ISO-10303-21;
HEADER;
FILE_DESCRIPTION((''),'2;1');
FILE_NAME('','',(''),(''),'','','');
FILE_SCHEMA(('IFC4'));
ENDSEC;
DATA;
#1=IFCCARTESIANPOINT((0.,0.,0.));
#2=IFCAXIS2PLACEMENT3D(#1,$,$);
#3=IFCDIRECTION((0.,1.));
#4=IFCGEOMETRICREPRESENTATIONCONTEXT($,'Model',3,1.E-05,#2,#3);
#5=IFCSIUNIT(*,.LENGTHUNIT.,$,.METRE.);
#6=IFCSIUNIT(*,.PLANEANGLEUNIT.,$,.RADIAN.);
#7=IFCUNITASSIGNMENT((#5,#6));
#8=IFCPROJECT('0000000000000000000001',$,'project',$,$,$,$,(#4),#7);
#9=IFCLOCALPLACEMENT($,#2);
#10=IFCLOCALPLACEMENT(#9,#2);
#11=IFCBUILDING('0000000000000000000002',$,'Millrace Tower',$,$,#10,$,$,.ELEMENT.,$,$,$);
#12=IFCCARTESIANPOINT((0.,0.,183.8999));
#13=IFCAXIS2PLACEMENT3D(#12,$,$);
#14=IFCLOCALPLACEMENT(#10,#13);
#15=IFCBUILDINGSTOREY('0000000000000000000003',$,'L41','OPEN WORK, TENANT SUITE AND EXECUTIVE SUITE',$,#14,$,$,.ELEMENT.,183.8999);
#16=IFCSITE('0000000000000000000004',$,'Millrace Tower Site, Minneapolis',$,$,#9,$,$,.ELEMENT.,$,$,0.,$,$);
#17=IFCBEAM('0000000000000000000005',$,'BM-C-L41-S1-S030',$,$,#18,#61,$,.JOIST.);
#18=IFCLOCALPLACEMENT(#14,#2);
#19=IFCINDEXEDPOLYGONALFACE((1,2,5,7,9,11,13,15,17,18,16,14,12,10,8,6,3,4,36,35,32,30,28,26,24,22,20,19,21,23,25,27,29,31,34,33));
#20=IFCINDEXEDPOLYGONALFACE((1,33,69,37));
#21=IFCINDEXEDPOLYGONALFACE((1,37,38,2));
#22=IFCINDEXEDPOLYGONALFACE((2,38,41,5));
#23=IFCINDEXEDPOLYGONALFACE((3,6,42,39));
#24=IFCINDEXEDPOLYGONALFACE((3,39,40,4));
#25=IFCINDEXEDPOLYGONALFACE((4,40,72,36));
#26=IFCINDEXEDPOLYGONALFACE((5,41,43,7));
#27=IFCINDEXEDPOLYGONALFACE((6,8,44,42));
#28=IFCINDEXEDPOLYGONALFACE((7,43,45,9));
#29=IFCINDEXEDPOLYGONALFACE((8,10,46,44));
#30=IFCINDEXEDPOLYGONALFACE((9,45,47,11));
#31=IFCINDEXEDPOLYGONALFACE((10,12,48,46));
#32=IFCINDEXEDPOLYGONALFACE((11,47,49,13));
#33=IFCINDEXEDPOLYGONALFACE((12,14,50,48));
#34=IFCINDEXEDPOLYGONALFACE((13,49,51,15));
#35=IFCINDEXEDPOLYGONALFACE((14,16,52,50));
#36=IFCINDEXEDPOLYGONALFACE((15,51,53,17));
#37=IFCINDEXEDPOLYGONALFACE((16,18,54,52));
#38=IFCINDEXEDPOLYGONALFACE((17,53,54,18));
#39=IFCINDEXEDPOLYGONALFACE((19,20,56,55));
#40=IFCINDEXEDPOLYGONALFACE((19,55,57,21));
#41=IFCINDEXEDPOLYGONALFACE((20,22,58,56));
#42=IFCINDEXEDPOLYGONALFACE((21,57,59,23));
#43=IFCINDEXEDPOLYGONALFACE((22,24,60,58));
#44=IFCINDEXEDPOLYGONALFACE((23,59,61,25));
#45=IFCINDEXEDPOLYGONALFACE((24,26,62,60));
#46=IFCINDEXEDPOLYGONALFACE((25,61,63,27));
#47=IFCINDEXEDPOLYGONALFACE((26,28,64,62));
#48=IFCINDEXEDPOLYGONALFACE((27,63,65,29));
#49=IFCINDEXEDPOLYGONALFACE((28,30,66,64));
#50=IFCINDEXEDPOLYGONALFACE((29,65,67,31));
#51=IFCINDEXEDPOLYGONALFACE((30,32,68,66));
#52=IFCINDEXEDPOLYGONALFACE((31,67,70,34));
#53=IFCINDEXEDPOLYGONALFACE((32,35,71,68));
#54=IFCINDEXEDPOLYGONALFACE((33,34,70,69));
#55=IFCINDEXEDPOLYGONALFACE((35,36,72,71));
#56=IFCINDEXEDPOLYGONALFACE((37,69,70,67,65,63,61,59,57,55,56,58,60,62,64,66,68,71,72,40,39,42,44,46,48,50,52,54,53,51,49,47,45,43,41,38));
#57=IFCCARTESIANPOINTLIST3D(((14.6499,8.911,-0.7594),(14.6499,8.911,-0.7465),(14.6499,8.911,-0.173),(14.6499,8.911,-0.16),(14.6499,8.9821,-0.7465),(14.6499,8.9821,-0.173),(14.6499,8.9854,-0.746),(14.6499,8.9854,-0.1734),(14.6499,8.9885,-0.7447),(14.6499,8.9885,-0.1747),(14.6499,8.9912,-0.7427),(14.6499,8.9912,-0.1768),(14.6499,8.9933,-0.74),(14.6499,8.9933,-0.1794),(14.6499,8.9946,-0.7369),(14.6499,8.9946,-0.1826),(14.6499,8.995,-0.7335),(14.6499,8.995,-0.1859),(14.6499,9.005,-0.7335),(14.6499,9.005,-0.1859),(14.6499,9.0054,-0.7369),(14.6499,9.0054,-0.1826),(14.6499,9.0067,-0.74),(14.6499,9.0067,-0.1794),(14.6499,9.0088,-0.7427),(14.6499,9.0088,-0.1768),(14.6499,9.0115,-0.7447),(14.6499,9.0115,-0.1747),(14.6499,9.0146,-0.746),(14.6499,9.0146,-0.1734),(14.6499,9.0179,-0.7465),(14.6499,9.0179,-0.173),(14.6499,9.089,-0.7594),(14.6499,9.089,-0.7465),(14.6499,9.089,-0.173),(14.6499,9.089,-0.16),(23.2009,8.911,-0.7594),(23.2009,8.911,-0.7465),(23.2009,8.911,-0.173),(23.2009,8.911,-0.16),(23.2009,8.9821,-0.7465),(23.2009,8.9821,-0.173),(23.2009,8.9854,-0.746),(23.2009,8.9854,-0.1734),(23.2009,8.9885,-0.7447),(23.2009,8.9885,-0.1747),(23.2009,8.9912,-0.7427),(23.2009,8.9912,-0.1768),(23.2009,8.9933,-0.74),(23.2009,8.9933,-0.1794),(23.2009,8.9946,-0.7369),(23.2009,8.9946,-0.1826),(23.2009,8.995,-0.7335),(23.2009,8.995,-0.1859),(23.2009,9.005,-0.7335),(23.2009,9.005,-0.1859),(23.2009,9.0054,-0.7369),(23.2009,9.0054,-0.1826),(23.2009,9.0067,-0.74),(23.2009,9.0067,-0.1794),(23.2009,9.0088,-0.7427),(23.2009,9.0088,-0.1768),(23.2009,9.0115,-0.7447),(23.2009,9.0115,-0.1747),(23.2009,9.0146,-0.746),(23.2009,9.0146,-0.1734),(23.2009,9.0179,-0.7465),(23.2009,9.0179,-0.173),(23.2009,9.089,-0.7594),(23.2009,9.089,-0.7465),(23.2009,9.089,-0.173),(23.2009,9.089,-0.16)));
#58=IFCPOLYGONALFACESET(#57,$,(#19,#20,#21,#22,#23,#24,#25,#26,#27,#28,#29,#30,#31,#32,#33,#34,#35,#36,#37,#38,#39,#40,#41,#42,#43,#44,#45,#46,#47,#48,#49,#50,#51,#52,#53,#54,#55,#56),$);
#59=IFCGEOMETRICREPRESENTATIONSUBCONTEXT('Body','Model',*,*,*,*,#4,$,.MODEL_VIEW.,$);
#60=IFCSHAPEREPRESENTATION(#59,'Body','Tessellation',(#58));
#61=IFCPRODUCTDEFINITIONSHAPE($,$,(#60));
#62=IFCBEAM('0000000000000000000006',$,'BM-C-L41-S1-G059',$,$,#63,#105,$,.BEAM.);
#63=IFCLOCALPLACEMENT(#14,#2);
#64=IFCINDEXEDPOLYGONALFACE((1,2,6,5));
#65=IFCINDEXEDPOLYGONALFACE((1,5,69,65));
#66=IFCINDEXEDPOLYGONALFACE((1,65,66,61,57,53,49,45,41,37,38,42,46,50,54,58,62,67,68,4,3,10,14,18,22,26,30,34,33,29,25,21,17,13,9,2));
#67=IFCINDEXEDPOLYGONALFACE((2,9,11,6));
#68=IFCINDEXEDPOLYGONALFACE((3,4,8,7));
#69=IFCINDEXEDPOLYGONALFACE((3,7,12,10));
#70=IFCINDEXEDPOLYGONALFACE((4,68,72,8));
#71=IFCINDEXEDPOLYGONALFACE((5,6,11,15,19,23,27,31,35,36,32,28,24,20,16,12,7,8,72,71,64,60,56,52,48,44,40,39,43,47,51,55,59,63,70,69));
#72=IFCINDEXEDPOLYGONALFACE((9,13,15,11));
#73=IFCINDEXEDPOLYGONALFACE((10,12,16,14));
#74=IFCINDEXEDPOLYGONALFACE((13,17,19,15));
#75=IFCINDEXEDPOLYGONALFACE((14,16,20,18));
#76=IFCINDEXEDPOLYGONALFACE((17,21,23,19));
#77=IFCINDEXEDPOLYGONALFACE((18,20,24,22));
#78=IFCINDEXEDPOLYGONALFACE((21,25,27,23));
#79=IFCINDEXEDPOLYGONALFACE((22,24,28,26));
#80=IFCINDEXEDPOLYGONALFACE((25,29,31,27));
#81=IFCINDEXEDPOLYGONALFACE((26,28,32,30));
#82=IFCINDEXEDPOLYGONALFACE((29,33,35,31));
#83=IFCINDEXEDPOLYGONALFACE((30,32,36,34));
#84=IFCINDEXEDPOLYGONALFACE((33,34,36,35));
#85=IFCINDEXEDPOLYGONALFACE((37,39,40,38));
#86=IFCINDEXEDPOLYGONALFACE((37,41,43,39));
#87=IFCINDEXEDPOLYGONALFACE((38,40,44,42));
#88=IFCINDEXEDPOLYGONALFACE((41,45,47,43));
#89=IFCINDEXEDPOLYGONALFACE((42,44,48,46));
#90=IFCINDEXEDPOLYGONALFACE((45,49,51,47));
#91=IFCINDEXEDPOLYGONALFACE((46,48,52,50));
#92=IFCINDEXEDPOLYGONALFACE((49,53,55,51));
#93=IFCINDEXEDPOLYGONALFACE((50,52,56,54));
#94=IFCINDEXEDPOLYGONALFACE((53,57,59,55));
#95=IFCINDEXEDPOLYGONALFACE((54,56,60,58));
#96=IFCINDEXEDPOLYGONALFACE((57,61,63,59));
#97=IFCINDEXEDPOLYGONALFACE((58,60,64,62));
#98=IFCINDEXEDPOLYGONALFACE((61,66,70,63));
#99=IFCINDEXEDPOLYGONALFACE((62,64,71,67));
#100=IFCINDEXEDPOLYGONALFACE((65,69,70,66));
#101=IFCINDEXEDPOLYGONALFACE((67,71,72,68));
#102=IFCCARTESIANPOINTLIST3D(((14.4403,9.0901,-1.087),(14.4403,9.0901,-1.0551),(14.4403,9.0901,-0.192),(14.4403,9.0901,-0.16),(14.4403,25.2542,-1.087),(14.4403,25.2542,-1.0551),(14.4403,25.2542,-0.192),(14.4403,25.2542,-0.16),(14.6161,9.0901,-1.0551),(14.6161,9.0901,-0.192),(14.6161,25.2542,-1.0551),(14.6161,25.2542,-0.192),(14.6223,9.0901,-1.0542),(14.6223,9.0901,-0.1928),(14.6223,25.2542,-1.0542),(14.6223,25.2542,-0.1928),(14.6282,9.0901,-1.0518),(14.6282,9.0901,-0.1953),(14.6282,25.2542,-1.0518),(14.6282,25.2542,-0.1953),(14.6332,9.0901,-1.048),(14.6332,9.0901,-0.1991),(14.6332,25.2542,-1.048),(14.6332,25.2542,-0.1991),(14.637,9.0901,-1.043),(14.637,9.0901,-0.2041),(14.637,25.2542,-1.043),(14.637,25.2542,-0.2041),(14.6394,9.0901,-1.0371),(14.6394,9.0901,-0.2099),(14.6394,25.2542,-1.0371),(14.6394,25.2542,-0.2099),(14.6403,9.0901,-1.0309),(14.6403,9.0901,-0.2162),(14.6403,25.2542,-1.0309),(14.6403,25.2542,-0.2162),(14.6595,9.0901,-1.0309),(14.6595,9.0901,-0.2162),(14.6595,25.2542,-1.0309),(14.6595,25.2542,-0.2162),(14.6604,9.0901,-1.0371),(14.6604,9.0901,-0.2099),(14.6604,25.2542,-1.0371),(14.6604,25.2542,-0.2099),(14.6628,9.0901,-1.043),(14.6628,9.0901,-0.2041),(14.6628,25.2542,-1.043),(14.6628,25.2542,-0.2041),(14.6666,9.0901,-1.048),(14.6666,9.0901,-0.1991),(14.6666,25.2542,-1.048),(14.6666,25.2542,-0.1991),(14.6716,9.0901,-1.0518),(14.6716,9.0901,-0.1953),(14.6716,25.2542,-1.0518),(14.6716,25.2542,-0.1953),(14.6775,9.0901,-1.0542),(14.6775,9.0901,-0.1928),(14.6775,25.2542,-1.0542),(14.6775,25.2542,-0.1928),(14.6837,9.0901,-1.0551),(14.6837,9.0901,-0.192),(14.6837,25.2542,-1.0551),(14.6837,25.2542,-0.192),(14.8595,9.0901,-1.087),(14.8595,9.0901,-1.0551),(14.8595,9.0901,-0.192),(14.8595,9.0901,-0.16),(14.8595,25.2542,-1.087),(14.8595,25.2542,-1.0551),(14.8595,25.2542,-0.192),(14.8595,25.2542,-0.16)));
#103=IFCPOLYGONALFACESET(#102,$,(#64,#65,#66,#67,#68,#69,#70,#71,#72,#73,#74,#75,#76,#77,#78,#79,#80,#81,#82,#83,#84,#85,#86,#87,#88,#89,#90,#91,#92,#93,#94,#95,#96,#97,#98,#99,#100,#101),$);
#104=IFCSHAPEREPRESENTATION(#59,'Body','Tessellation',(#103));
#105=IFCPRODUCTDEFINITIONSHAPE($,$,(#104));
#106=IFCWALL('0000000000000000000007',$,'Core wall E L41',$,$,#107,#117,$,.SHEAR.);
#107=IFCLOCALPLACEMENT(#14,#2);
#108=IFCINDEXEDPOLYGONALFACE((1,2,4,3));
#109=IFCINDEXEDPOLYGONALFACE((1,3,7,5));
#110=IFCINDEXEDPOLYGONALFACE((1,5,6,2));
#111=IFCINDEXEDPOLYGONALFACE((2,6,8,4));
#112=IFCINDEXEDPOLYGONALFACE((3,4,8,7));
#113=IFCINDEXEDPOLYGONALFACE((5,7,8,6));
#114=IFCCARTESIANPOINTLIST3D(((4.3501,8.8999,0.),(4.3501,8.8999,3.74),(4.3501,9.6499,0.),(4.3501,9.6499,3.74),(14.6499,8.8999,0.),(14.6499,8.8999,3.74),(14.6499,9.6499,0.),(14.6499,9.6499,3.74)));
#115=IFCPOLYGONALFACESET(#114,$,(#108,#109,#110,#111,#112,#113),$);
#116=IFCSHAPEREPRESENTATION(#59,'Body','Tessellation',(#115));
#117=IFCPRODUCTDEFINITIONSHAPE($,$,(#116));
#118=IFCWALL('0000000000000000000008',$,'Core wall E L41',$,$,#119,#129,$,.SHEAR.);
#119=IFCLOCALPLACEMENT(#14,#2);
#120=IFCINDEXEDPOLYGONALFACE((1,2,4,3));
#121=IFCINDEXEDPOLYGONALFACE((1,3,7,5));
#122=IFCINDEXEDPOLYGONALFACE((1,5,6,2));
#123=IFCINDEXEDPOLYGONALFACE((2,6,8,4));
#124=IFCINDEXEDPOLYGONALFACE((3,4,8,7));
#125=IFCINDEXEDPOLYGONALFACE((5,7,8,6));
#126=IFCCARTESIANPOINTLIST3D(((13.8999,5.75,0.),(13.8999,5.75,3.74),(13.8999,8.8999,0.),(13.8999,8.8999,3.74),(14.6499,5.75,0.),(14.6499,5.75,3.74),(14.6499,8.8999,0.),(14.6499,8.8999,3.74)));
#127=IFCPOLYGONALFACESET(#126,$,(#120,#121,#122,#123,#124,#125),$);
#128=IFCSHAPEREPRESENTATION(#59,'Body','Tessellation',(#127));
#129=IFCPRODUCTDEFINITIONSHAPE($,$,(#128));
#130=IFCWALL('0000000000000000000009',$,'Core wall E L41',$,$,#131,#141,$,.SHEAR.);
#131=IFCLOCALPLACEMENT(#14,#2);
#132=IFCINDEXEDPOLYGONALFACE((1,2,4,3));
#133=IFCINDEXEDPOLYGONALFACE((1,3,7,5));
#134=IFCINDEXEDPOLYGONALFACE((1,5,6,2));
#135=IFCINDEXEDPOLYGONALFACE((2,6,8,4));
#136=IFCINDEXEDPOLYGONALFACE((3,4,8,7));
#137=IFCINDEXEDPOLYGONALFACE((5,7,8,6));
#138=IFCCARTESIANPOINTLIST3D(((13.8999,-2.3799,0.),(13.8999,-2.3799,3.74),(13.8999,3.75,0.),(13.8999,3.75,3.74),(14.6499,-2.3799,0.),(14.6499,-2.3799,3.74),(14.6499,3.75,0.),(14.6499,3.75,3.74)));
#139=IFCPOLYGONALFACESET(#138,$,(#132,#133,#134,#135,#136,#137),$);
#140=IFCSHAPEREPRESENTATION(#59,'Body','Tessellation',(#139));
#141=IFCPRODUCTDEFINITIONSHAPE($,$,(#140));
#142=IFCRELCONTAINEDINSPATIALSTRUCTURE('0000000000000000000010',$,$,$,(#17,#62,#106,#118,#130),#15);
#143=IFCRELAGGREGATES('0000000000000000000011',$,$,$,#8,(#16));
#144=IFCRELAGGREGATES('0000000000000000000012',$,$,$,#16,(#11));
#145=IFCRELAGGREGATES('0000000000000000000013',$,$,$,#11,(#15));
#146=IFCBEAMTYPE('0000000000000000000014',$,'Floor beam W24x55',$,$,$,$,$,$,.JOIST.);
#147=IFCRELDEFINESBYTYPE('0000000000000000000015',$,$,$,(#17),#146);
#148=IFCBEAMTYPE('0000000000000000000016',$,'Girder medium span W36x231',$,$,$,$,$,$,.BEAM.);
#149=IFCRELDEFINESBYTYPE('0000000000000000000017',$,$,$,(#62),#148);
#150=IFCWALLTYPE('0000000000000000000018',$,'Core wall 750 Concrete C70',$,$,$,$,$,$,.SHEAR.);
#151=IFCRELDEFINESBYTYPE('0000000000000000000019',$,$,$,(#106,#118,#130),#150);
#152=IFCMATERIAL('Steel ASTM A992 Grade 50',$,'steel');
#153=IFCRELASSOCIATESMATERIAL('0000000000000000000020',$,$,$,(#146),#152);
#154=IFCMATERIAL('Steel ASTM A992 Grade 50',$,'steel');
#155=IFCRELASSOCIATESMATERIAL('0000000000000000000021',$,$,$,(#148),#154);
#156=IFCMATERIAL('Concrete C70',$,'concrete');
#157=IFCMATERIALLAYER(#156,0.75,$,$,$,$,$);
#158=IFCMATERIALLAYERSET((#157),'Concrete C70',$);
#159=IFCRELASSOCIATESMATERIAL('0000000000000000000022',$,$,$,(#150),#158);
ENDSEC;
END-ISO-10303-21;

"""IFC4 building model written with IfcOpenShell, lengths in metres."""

from ifc_helpers import new_model, si_unit, direction, frame, frame_2d, origin, origin_2d, place, context, subcontext, project, spatial, rectangle, i_section, extrude, material, layer, layer_set, material_profile, profile_set, type_object, element, save


model = new_model("IFC4")

# Units and contexts
model_context = context("Model", 3, precision=1e-05, world=origin(), true_north=direction((0.0, 1.0)))
body_context = subcontext(model_context, "Body", "Model", "MODEL_VIEW")
ifc_project = project(units=[si_unit("LENGTHUNIT", "METRE"), si_unit("PLANEANGLEUNIT", "RADIAN")], contexts=[model_context])

# Site, building, storey
site_placement = place(None, origin())
site = spatial("IfcSite", under=ifc_project, at=site_placement, Name="Millrace Tower Site, Minneapolis", CompositionType="ELEMENT", RefElevation=0.0)
building_placement = place(site_placement, origin())
building = spatial("IfcBuilding", under=site, at=building_placement, Name="Millrace Tower", CompositionType="ELEMENT")
storey_placement = place(building_placement, frame((0.0, 0.0, 183.8999)))
storey = spatial("IfcBuildingStorey", under=building, at=storey_placement, Name="L41", Description="OPEN WORK, TENANT SUITE AND EXECUTIVE SUITE", CompositionType="ELEMENT", Elevation=183.8999)

# Beams
ifc_material_1 = material(Name="Steel ASTM A992 Grade 50", Category="steel")
ifc_material_profile_1 = material_profile(ifc_material_1, i_section(OverallWidth=0.178, OverallDepth=0.5994, WebThickness=0.01, FlangeThickness=0.0129, FilletRadius=0.0129, at=origin_2d()))
ifc_profile_set_1 = profile_set([ifc_material_profile_1], Name="Steel ASTM A992 Grade 50")
beam_type_1 = type_object("IfcBeamType", Name="Floor beam W24x55", PredefinedType="JOIST", material=ifc_profile_set_1)
beam_1_placement = place(storey_placement, frame((14.6499, 9.0, -0.4597), z_axis=(1.0, 0.0, 0.0), x_axis=(0.0, 1.0, 0.0)))
element("IfcBeam", 1, at=beam_1_placement, inside=storey, type_object=beam_type_1, Name="BM-C-L41-S1-S030", PredefinedType="JOIST", context=body_context, shape_type="SweptSolid", body=[
    extrude(i_section(OverallWidth=0.178, OverallDepth=0.5994, WebThickness=0.01, FlangeThickness=0.0129, FilletRadius=0.0129, at=origin_2d()), origin(), (0.0, 0.0, 1.0), 8.551),
])
ifc_material_2 = material(Name="Steel ASTM A992 Grade 50", Category="steel")
ifc_material_profile_2 = material_profile(ifc_material_2, i_section(OverallWidth=0.4192, OverallDepth=0.927, WebThickness=0.0193, FlangeThickness=0.032, FilletRadius=0.0242, at=origin_2d()))
ifc_profile_set_2 = profile_set([ifc_material_profile_2], Name="Steel ASTM A992 Grade 50")
beam_type_2 = type_object("IfcBeamType", Name="Girder medium span W36x231", PredefinedType="BEAM", material=ifc_profile_set_2)
beam_2_placement = place(storey_placement, frame((14.6499, 9.0901, -0.6235), z_axis=(0.0, 1.0, 0.0), x_axis=(-1.0, 0.0, 0.0)))
element("IfcBeam", 2, at=beam_2_placement, inside=storey, type_object=beam_type_2, Name="BM-C-L41-S1-G059", PredefinedType="BEAM", context=body_context, shape_type="SweptSolid", body=[
    extrude(i_section(OverallWidth=0.4192, OverallDepth=0.927, WebThickness=0.0193, FlangeThickness=0.032, FilletRadius=0.0242, at=origin_2d()), origin(), (0.0, 0.0, 1.0), 16.1641),
])

# Walls
ifc_material_3 = material(Name="Concrete C70", Category="concrete")
ifc_layer_1 = layer(ifc_material_3, 0.75)
ifc_layer_set_1 = layer_set([ifc_layer_1], Name="Concrete C70")
wall_type_1 = type_object("IfcWallType", Name="Core wall 750 Concrete C70", PredefinedType="SHEAR", material=ifc_layer_set_1)
wall_1_placement = place(storey_placement, frame((14.6499, 9.2749, 0.0), z_axis=(0.0, 0.0, 1.0), x_axis=(-1.0, 0.0, 0.0)))
element("IfcWall", 3, at=wall_1_placement, inside=storey, type_object=wall_type_1, Name="Core wall E L41", PredefinedType="SHEAR", context=body_context, shape_type="SweptSolid", body=[
    extrude(rectangle(XDim=10.2998, YDim=0.75, at=frame_2d((5.1499, 0.0))), origin(), (0.0, 0.0, 1.0), 3.74),
])
wall_2_placement = place(storey_placement, frame((14.2749, 8.8999, 0.0), z_axis=(0.0, 0.0, 1.0), x_axis=(0.0, -1.0, 0.0)))
element("IfcWall", 4, at=wall_2_placement, inside=storey, type_object=wall_type_1, Name="Core wall E L41", PredefinedType="SHEAR", context=body_context, shape_type="SweptSolid", body=[
    extrude(rectangle(XDim=3.1499, YDim=0.75, at=frame_2d((1.575, 0.0))), origin(), (0.0, 0.0, 1.0), 3.74),
])
wall_3_placement = place(storey_placement, frame((14.2749, 3.75, 0.0), z_axis=(0.0, 0.0, 1.0), x_axis=(0.0, -1.0, 0.0)))
element("IfcWall", 5, at=wall_3_placement, inside=storey, type_object=wall_type_1, Name="Core wall E L41", PredefinedType="SHEAR", context=body_context, shape_type="SweptSolid", body=[
    extrude(rectangle(XDim=6.1299, YDim=0.75, at=frame_2d((3.0649, 0.0))), origin(), (0.0, 0.0, 1.0), 3.74),
])

save(model, "model.ifc")
